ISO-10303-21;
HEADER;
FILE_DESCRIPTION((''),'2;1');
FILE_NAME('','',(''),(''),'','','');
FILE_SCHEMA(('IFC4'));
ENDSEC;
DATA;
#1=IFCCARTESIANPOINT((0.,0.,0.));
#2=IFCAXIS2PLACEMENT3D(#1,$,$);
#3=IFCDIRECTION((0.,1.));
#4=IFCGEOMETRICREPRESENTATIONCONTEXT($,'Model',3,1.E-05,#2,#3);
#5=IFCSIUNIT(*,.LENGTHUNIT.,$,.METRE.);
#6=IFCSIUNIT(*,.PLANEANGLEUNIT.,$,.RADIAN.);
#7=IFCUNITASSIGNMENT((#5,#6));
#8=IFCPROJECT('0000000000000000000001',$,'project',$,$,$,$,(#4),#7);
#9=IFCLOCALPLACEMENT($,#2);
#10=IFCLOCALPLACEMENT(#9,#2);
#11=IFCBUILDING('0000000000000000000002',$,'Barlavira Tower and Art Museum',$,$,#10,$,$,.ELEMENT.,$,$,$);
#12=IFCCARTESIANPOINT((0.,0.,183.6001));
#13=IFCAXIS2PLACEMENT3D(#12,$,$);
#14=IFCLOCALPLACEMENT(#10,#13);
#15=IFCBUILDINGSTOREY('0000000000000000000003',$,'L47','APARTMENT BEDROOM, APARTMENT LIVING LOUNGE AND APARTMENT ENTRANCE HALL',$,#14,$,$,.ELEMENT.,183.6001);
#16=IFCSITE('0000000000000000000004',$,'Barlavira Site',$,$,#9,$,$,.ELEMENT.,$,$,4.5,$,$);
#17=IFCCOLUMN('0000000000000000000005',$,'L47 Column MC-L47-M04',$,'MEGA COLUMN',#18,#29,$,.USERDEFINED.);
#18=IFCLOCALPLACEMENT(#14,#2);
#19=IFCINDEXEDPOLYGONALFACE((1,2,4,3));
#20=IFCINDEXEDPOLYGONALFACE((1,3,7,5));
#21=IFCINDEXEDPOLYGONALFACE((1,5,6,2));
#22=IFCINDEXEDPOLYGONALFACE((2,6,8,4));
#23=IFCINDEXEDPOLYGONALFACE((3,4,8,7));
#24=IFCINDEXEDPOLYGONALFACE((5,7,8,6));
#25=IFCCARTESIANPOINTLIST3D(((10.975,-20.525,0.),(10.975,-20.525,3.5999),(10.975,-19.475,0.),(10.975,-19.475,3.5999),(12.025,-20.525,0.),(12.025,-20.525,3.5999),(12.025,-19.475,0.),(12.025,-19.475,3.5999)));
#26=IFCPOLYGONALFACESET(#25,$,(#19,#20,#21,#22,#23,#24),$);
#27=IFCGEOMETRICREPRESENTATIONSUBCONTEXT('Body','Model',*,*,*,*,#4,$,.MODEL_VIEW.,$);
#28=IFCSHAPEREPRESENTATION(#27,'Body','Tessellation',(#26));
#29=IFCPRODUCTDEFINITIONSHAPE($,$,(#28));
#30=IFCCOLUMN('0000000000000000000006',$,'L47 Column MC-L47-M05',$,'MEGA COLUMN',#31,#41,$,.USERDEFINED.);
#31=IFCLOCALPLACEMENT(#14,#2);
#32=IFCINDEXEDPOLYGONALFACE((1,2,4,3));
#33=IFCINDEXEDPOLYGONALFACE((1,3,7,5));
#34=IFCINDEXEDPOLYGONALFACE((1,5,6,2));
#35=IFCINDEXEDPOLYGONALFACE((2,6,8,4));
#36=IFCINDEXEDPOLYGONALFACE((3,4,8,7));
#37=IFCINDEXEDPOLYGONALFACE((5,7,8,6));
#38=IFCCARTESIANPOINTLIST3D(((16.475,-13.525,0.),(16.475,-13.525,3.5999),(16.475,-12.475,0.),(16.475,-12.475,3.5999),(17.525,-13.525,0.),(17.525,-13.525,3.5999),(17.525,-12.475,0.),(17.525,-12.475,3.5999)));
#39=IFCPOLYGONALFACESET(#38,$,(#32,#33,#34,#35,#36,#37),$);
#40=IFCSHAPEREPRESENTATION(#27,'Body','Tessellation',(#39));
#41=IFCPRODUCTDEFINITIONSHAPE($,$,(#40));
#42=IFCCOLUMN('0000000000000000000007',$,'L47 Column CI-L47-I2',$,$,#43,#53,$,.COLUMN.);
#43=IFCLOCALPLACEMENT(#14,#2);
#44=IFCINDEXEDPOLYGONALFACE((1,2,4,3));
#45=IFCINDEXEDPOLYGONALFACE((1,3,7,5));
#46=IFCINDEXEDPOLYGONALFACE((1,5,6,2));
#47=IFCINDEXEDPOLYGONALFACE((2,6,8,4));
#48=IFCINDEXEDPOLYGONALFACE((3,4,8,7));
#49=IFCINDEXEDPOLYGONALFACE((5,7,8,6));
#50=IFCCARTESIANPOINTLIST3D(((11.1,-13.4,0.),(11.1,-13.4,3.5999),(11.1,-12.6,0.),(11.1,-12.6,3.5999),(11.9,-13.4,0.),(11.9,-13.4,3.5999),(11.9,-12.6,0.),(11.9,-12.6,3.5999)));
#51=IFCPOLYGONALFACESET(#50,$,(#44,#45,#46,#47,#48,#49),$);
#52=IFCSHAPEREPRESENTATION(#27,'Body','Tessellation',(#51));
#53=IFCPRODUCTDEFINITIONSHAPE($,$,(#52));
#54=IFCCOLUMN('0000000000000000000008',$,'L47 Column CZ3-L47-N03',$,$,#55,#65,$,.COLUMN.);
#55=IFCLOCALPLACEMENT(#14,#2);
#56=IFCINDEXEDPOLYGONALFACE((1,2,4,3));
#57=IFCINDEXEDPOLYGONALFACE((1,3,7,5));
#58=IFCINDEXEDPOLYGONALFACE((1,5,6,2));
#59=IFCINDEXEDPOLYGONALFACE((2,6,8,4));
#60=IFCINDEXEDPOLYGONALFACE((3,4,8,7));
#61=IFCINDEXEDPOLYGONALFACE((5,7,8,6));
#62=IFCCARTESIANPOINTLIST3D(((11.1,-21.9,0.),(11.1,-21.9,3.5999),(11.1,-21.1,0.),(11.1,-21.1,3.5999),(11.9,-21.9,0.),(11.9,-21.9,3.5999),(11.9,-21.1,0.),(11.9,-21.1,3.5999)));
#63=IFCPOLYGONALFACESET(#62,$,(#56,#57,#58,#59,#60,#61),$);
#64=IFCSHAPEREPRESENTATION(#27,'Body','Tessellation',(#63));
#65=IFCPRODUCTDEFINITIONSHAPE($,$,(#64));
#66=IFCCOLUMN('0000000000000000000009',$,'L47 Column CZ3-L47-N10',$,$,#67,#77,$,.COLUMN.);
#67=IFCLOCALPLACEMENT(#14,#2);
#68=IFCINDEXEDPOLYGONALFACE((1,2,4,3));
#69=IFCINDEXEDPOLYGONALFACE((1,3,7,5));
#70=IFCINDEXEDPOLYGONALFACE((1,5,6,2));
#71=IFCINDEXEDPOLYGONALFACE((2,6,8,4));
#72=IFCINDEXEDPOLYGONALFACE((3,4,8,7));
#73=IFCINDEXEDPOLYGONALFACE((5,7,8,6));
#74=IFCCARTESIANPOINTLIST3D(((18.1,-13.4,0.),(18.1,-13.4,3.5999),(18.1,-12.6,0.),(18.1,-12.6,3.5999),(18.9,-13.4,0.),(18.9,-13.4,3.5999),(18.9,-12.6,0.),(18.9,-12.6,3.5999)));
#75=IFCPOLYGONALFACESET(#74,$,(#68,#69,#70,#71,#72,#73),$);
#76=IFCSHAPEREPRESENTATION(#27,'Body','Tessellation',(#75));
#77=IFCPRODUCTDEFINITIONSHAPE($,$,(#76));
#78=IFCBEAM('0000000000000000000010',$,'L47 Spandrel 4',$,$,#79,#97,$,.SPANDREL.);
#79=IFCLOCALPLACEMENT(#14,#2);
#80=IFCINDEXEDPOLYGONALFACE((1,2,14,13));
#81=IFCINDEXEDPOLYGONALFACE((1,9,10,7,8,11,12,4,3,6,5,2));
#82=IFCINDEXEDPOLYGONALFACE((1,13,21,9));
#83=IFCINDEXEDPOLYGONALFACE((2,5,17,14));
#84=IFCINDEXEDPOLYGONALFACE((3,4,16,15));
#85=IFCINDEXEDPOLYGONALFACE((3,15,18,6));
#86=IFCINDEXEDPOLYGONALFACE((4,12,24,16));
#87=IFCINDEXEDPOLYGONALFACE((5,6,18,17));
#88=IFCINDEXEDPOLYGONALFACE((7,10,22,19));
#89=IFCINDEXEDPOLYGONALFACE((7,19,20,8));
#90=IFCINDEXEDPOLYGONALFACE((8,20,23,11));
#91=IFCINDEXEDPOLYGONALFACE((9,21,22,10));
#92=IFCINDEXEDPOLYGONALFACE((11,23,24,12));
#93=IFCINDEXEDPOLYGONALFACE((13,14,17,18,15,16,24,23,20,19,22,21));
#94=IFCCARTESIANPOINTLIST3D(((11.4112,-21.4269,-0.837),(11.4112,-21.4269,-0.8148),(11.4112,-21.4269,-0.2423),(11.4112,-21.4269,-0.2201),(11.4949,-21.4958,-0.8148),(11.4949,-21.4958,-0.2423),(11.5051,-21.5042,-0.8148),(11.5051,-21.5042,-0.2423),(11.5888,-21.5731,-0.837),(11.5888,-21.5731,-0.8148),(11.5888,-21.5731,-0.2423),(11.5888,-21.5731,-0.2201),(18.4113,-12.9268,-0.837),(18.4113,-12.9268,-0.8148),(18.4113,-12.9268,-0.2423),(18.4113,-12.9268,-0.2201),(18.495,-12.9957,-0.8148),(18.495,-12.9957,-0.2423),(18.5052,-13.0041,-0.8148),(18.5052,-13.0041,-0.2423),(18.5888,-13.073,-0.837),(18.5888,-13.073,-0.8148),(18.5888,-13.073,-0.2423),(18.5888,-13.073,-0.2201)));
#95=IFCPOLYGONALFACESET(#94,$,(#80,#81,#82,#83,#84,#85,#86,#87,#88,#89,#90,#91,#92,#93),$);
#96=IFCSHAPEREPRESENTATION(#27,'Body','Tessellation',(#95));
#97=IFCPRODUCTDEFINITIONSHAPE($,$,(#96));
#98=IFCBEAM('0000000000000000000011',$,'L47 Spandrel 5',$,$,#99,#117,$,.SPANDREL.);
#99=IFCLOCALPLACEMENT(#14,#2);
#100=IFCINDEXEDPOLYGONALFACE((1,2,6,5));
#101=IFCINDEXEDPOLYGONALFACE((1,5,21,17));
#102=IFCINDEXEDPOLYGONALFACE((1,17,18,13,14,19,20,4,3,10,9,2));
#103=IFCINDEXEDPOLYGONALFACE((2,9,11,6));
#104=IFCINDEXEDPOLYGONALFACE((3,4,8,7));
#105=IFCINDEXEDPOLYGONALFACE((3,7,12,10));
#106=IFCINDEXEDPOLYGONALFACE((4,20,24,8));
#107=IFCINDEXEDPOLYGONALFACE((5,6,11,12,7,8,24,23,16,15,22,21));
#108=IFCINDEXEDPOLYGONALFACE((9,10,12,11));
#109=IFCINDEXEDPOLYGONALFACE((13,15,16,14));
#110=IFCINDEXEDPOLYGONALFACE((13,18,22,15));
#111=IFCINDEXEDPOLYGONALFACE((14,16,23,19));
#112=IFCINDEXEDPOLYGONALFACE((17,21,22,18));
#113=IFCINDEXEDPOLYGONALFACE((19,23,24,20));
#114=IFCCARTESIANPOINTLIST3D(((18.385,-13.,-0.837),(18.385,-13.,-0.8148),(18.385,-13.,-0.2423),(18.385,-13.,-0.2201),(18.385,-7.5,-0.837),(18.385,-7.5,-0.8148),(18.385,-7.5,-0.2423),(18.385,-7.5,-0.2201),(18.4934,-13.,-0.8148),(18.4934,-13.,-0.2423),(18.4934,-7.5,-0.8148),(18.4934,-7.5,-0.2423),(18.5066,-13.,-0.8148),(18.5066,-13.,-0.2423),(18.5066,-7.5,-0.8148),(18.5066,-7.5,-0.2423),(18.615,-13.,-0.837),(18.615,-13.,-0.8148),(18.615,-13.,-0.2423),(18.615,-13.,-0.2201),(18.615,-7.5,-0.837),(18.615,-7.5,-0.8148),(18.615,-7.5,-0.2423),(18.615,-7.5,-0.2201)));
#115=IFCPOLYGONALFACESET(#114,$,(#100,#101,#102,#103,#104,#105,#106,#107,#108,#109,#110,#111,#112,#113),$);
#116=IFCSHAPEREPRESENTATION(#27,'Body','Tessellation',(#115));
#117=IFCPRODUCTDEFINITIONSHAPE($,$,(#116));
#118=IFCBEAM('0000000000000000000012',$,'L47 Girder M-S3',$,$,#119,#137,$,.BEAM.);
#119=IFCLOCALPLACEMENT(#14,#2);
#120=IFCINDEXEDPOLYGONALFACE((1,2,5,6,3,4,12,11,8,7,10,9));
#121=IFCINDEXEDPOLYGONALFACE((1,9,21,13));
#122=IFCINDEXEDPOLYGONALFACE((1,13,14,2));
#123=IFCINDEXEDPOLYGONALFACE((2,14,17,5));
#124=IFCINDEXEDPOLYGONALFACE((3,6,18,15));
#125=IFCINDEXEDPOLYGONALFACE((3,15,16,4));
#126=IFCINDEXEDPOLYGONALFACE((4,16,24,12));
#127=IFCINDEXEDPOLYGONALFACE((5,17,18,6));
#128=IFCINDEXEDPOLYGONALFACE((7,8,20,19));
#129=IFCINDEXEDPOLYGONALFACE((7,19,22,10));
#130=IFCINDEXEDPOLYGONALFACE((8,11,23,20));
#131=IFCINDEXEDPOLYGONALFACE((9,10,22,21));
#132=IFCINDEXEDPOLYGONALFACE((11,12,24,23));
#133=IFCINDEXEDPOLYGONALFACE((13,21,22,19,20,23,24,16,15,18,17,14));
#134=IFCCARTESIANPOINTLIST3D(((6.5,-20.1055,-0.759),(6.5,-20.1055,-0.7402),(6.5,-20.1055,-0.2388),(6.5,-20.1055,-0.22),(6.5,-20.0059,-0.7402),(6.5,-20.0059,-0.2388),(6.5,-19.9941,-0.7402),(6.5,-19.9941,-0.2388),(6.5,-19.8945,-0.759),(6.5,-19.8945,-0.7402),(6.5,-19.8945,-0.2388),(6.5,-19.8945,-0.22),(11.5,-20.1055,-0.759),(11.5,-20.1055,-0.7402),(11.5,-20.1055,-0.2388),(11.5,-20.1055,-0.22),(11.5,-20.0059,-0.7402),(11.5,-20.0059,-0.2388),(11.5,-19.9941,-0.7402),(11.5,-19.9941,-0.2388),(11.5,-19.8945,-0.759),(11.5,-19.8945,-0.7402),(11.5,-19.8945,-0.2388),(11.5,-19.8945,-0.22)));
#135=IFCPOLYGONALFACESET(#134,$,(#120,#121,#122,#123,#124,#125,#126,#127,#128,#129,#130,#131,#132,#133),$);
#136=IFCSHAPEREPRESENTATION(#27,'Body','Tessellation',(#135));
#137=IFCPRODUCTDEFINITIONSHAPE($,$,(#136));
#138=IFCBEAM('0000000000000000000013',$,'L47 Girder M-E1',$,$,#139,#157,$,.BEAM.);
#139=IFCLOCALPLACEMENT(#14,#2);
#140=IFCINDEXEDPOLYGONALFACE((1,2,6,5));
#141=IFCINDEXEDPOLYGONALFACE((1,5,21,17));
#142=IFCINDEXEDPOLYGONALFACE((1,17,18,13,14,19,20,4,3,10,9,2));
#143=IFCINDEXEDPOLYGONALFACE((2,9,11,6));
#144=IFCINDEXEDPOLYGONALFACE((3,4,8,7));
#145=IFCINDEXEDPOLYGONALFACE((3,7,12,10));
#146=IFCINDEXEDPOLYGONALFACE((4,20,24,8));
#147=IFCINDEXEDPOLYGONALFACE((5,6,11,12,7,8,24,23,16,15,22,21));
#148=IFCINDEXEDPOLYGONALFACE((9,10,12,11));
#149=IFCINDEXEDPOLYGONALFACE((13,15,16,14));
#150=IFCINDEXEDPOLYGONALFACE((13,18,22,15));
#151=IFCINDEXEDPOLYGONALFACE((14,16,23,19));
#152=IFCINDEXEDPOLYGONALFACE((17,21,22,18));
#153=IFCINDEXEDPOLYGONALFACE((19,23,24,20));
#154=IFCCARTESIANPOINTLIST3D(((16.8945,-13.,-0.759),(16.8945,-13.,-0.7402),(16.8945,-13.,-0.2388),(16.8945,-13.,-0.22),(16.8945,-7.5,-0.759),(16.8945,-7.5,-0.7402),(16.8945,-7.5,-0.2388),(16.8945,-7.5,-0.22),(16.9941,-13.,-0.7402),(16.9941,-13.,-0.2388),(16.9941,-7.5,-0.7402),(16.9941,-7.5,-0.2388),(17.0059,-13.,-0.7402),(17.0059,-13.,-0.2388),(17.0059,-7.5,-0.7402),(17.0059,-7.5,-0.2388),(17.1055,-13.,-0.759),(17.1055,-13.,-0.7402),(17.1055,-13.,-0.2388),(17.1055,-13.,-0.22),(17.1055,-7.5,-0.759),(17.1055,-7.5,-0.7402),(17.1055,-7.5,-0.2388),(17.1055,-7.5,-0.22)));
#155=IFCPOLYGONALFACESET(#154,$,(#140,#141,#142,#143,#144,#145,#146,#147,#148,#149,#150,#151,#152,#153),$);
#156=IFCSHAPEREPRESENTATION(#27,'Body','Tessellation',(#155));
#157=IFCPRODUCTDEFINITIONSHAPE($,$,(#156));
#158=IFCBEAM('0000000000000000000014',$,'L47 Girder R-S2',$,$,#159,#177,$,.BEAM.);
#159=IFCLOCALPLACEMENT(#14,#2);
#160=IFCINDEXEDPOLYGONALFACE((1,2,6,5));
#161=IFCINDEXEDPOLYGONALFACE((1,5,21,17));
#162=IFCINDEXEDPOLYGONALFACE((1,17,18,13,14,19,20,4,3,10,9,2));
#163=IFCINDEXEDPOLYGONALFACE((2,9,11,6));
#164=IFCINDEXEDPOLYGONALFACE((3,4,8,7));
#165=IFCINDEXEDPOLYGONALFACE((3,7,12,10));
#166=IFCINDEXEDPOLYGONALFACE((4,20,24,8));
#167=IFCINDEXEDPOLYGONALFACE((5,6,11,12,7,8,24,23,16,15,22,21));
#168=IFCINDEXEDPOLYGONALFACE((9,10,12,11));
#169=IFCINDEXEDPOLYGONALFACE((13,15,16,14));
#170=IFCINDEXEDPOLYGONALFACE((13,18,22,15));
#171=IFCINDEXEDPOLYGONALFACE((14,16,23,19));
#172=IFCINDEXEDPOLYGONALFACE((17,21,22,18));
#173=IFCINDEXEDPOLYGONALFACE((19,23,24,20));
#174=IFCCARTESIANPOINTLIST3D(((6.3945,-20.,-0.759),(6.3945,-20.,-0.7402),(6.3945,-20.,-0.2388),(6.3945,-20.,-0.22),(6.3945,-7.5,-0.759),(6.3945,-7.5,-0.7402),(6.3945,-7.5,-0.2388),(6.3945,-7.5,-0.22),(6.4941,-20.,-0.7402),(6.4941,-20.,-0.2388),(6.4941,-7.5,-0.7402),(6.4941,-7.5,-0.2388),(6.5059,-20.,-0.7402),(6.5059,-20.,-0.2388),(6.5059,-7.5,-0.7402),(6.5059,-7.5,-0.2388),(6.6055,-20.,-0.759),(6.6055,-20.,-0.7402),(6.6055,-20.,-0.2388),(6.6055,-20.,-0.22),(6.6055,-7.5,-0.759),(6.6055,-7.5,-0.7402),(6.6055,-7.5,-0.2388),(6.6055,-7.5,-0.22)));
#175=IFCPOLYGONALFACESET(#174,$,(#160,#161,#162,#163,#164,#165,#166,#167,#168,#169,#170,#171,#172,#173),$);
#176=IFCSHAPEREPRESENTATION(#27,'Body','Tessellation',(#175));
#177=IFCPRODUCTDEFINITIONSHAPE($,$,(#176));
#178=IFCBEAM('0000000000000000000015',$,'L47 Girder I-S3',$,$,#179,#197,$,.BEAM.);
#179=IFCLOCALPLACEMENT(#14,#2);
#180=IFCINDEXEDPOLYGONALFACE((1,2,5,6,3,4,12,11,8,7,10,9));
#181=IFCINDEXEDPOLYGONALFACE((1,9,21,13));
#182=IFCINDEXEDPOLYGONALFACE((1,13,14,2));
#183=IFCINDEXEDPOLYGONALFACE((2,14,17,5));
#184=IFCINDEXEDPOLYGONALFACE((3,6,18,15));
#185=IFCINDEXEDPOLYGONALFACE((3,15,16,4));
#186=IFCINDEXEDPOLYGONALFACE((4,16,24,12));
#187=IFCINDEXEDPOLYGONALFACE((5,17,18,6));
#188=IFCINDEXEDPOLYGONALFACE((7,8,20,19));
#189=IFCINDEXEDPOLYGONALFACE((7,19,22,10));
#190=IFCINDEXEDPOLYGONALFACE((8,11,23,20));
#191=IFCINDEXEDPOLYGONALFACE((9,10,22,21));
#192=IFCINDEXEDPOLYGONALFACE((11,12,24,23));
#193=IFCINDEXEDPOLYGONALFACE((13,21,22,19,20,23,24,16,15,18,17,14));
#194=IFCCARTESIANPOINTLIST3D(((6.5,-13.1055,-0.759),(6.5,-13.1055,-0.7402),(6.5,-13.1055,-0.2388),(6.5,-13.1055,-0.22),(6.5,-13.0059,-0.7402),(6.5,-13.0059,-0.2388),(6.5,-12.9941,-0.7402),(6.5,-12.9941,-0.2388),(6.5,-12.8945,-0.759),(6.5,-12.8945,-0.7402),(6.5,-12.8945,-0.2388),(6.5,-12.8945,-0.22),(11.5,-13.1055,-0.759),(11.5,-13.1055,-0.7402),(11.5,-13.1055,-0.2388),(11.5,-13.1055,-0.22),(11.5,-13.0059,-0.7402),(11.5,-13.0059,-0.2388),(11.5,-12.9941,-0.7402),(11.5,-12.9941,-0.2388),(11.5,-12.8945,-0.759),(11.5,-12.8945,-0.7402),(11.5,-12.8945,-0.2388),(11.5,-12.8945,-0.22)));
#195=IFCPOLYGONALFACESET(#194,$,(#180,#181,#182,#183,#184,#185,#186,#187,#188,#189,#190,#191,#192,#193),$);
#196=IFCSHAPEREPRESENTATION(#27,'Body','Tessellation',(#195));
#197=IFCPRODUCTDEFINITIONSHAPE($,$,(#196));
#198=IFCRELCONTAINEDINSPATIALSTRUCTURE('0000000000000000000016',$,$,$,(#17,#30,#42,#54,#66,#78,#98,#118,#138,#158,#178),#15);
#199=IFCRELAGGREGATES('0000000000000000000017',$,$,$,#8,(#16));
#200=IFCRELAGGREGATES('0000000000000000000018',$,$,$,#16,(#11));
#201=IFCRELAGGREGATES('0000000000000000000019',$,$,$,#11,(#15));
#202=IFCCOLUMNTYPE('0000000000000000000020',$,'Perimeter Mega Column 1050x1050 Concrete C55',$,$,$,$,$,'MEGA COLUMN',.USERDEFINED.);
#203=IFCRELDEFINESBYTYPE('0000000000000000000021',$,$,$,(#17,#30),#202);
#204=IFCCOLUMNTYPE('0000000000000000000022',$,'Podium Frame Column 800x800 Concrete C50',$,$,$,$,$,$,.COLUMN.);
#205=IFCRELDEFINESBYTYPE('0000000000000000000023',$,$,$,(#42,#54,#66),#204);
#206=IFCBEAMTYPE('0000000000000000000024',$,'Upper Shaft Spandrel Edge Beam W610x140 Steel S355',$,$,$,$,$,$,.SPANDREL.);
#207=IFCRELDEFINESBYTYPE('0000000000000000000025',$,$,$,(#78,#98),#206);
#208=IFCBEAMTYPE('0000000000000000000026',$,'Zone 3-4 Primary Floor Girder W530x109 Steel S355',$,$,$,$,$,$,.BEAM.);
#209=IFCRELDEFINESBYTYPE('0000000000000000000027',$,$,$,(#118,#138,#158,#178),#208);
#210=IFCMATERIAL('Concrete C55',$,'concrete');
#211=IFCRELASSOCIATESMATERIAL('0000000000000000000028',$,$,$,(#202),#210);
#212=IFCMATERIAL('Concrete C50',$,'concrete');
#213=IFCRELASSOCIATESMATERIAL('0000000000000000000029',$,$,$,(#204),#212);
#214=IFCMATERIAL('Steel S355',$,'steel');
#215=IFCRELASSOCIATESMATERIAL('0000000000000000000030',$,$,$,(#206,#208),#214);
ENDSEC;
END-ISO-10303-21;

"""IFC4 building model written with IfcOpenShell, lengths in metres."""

from ifc_helpers import new_model, si_unit, direction, frame, origin, origin_2d, place, context, subcontext, project, spatial, rectangle, i_section, extrude, material, material_profile, profile_set, type_object, element, save


model = new_model("IFC4")

# Units and contexts
model_context = context("Model", 3, precision=1e-05, world=origin(), true_north=direction((0.0, 1.0)))
body_context = subcontext(model_context, "Body", "Model", "MODEL_VIEW")
ifc_project = project(units=[si_unit("LENGTHUNIT", "METRE"), si_unit("PLANEANGLEUNIT", "RADIAN")], contexts=[model_context])

# Site, building, storey
site_placement = place(None, origin())
site = spatial("IfcSite", under=ifc_project, at=site_placement, Name="Barlavira Site", CompositionType="ELEMENT", RefElevation=4.5)
building_placement = place(site_placement, origin())
building = spatial("IfcBuilding", under=site, at=building_placement, Name="Barlavira Tower and Art Museum", CompositionType="ELEMENT")
storey_placement = place(building_placement, frame((0.0, 0.0, 183.6001)))
storey = spatial("IfcBuildingStorey", under=building, at=storey_placement, Name="L47", Description="APARTMENT BEDROOM, APARTMENT LIVING LOUNGE AND APARTMENT ENTRANCE HALL", CompositionType="ELEMENT", Elevation=183.6001)

# Columns
ifc_material_1 = material(Name="Concrete C55", Category="concrete")
ifc_material_profile_1 = material_profile(ifc_material_1, rectangle(XDim=1.05, YDim=1.05, at=origin_2d()), Name="RC-COL 1050x1050")
ifc_profile_set_1 = profile_set([ifc_material_profile_1], Name="Concrete C55")
column_type_1 = type_object("IfcColumnType", Name="Perimeter Mega Column 1050x1050 Concrete C55", ElementType="MEGA COLUMN", PredefinedType="USERDEFINED", material=ifc_profile_set_1)
for number, where, z_axis, x_axis, name in (
    (1, (11.5, -20.0, 0.0), (0.0, 0.0, 1.0), (1.0, 0.0, 0.0), "L47 Column MC-L47-M04"),
    (2, (17.0, -13.0, 0.0), (0.0, 0.0, 1.0), (1.0, 0.0, 0.0), "L47 Column MC-L47-M05"),
):
    element("IfcColumn", number, at=place(storey_placement, frame(where, z_axis=z_axis, x_axis=x_axis)), inside=storey, type_object=column_type_1, Name=name, ObjectType="MEGA COLUMN", PredefinedType="USERDEFINED", context=body_context, shape_type="SweptSolid", body=[
        extrude(rectangle(XDim=1.05, YDim=1.05, at=origin_2d()), origin(), (0.0, 0.0, 1.0), 3.5999),
    ])
ifc_material_2 = material(Name="Concrete C50", Category="concrete")
ifc_material_profile_2 = material_profile(ifc_material_2, rectangle(XDim=0.8, YDim=0.8, at=origin_2d()), Name="RC-COL 800x800")
ifc_profile_set_2 = profile_set([ifc_material_profile_2], Name="Concrete C50")
column_type_2 = type_object("IfcColumnType", Name="Podium Frame Column 800x800 Concrete C50", PredefinedType="COLUMN", material=ifc_profile_set_2)
for number, where, z_axis, x_axis, name in (
    (3, (11.5, -13.0, 0.0), (0.0, 0.0, 1.0), (1.0, 0.0, 0.0), "L47 Column CI-L47-I2"),
    (4, (11.5, -21.5, 0.0), (0.0, 0.0, 1.0), (1.0, 0.0, 0.0), "L47 Column CZ3-L47-N03"),
    (5, (18.5, -13.0, 0.0), (0.0, 0.0, 1.0), (1.0, 0.0, 0.0), "L47 Column CZ3-L47-N10"),
):
    element("IfcColumn", number, at=place(storey_placement, frame(where, z_axis=z_axis, x_axis=x_axis)), inside=storey, type_object=column_type_2, Name=name, PredefinedType="COLUMN", context=body_context, shape_type="SweptSolid", body=[
        extrude(rectangle(XDim=0.8, YDim=0.8, at=origin_2d()), origin(), (0.0, 0.0, 1.0), 3.5999),
    ])

# Beams
ifc_material_3 = material(Name="Steel S355", Category="steel")
ifc_material_profile_3 = material_profile(ifc_material_3, i_section(OverallWidth=0.23, OverallDepth=0.6169, WebThickness=0.0132, FlangeThickness=0.0222, at=origin_2d()), Name="W610x140.0")
ifc_profile_set_3 = profile_set([ifc_material_profile_3], Name="Steel S355")
beam_type_1 = type_object("IfcBeamType", Name="Upper Shaft Spandrel Edge Beam W610x140 Steel S355", PredefinedType="SPANDREL", material=ifc_profile_set_3)
beam_1_placement = place(storey_placement, frame((11.5, -21.5, -0.5286), z_axis=(0.635707, 0.77193, 0.0), x_axis=(-0.77193, 0.635707, 0.0)))
element("IfcBeam", 6, at=beam_1_placement, inside=storey, type_object=beam_type_1, Name="L47 Spandrel 4", PredefinedType="SPANDREL", context=body_context, shape_type="SweptSolid", body=[
    extrude(i_section(OverallWidth=0.23, OverallDepth=0.6169, WebThickness=0.0132, FlangeThickness=0.0222, at=origin_2d()), origin(), (0.0, 0.0, 1.0), 11.0115),
])
beam_2_placement = place(storey_placement, frame((18.5, -13.0, -0.5286), z_axis=(0.0, 1.0, 0.0), x_axis=(-1.0, 0.0, 0.0)))
element("IfcBeam", 7, at=beam_2_placement, inside=storey, type_object=beam_type_1, Name="L47 Spandrel 5", PredefinedType="SPANDREL", context=body_context, shape_type="SweptSolid", body=[
    extrude(i_section(OverallWidth=0.23, OverallDepth=0.6169, WebThickness=0.0132, FlangeThickness=0.0222, at=origin_2d()), origin(), (0.0, 0.0, 1.0), 5.5),
])
ifc_material_profile_4 = material_profile(ifc_material_3, i_section(OverallWidth=0.2109, OverallDepth=0.5391, WebThickness=0.0117, FlangeThickness=0.0188, at=origin_2d()), Name="W530x109.0")
ifc_profile_set_4 = profile_set([ifc_material_profile_4], Name="Steel S355")
beam_type_2 = type_object("IfcBeamType", Name="Zone 3-4 Primary Floor Girder W530x109 Steel S355", PredefinedType="BEAM", material=ifc_profile_set_4)
beam_3_placement = place(storey_placement, frame((6.5, -20.0, -0.4895), z_axis=(1.0, 0.0, 0.0), x_axis=(0.0, 1.0, 0.0)))
element("IfcBeam", 8, at=beam_3_placement, inside=storey, type_object=beam_type_2, Name="L47 Girder M-S3", PredefinedType="BEAM", context=body_context, shape_type="SweptSolid", body=[
    extrude(i_section(OverallWidth=0.2109, OverallDepth=0.5391, WebThickness=0.0117, FlangeThickness=0.0188, at=origin_2d()), origin(), (0.0, 0.0, 1.0), 5.0),
])
beam_4_placement = place(storey_placement, frame((17.0, -13.0, -0.4895), z_axis=(0.0, 1.0, 0.0), x_axis=(-1.0, 0.0, 0.0)))
element("IfcBeam", 9, at=beam_4_placement, inside=storey, type_object=beam_type_2, Name="L47 Girder M-E1", PredefinedType="BEAM", context=body_context, shape_type="SweptSolid", body=[
    extrude(i_section(OverallWidth=0.2109, OverallDepth=0.5391, WebThickness=0.0117, FlangeThickness=0.0188, at=origin_2d()), origin(), (0.0, 0.0, 1.0), 5.5),
])
beam_5_placement = place(storey_placement, frame((6.5, -20.0, -0.4895), z_axis=(0.0, 1.0, 0.0), x_axis=(-1.0, 0.0, 0.0)))
element("IfcBeam", 10, at=beam_5_placement, inside=storey, type_object=beam_type_2, Name="L47 Girder R-S2", PredefinedType="BEAM", context=body_context, shape_type="SweptSolid", body=[
    extrude(i_section(OverallWidth=0.2109, OverallDepth=0.5391, WebThickness=0.0117, FlangeThickness=0.0188, at=origin_2d()), origin(), (0.0, 0.0, 1.0), 12.5),
])
beam_6_placement = place(storey_placement, frame((6.5, -13.0, -0.4895), z_axis=(1.0, 0.0, 0.0), x_axis=(0.0, 1.0, 0.0)))
element("IfcBeam", 11, at=beam_6_placement, inside=storey, type_object=beam_type_2, Name="L47 Girder I-S3", PredefinedType="BEAM", context=body_context, shape_type="SweptSolid", body=[
    extrude(i_section(OverallWidth=0.2109, OverallDepth=0.5391, WebThickness=0.0117, FlangeThickness=0.0188, at=origin_2d()), origin(), (0.0, 0.0, 1.0), 5.0),
])

save(model, "model.ifc")
